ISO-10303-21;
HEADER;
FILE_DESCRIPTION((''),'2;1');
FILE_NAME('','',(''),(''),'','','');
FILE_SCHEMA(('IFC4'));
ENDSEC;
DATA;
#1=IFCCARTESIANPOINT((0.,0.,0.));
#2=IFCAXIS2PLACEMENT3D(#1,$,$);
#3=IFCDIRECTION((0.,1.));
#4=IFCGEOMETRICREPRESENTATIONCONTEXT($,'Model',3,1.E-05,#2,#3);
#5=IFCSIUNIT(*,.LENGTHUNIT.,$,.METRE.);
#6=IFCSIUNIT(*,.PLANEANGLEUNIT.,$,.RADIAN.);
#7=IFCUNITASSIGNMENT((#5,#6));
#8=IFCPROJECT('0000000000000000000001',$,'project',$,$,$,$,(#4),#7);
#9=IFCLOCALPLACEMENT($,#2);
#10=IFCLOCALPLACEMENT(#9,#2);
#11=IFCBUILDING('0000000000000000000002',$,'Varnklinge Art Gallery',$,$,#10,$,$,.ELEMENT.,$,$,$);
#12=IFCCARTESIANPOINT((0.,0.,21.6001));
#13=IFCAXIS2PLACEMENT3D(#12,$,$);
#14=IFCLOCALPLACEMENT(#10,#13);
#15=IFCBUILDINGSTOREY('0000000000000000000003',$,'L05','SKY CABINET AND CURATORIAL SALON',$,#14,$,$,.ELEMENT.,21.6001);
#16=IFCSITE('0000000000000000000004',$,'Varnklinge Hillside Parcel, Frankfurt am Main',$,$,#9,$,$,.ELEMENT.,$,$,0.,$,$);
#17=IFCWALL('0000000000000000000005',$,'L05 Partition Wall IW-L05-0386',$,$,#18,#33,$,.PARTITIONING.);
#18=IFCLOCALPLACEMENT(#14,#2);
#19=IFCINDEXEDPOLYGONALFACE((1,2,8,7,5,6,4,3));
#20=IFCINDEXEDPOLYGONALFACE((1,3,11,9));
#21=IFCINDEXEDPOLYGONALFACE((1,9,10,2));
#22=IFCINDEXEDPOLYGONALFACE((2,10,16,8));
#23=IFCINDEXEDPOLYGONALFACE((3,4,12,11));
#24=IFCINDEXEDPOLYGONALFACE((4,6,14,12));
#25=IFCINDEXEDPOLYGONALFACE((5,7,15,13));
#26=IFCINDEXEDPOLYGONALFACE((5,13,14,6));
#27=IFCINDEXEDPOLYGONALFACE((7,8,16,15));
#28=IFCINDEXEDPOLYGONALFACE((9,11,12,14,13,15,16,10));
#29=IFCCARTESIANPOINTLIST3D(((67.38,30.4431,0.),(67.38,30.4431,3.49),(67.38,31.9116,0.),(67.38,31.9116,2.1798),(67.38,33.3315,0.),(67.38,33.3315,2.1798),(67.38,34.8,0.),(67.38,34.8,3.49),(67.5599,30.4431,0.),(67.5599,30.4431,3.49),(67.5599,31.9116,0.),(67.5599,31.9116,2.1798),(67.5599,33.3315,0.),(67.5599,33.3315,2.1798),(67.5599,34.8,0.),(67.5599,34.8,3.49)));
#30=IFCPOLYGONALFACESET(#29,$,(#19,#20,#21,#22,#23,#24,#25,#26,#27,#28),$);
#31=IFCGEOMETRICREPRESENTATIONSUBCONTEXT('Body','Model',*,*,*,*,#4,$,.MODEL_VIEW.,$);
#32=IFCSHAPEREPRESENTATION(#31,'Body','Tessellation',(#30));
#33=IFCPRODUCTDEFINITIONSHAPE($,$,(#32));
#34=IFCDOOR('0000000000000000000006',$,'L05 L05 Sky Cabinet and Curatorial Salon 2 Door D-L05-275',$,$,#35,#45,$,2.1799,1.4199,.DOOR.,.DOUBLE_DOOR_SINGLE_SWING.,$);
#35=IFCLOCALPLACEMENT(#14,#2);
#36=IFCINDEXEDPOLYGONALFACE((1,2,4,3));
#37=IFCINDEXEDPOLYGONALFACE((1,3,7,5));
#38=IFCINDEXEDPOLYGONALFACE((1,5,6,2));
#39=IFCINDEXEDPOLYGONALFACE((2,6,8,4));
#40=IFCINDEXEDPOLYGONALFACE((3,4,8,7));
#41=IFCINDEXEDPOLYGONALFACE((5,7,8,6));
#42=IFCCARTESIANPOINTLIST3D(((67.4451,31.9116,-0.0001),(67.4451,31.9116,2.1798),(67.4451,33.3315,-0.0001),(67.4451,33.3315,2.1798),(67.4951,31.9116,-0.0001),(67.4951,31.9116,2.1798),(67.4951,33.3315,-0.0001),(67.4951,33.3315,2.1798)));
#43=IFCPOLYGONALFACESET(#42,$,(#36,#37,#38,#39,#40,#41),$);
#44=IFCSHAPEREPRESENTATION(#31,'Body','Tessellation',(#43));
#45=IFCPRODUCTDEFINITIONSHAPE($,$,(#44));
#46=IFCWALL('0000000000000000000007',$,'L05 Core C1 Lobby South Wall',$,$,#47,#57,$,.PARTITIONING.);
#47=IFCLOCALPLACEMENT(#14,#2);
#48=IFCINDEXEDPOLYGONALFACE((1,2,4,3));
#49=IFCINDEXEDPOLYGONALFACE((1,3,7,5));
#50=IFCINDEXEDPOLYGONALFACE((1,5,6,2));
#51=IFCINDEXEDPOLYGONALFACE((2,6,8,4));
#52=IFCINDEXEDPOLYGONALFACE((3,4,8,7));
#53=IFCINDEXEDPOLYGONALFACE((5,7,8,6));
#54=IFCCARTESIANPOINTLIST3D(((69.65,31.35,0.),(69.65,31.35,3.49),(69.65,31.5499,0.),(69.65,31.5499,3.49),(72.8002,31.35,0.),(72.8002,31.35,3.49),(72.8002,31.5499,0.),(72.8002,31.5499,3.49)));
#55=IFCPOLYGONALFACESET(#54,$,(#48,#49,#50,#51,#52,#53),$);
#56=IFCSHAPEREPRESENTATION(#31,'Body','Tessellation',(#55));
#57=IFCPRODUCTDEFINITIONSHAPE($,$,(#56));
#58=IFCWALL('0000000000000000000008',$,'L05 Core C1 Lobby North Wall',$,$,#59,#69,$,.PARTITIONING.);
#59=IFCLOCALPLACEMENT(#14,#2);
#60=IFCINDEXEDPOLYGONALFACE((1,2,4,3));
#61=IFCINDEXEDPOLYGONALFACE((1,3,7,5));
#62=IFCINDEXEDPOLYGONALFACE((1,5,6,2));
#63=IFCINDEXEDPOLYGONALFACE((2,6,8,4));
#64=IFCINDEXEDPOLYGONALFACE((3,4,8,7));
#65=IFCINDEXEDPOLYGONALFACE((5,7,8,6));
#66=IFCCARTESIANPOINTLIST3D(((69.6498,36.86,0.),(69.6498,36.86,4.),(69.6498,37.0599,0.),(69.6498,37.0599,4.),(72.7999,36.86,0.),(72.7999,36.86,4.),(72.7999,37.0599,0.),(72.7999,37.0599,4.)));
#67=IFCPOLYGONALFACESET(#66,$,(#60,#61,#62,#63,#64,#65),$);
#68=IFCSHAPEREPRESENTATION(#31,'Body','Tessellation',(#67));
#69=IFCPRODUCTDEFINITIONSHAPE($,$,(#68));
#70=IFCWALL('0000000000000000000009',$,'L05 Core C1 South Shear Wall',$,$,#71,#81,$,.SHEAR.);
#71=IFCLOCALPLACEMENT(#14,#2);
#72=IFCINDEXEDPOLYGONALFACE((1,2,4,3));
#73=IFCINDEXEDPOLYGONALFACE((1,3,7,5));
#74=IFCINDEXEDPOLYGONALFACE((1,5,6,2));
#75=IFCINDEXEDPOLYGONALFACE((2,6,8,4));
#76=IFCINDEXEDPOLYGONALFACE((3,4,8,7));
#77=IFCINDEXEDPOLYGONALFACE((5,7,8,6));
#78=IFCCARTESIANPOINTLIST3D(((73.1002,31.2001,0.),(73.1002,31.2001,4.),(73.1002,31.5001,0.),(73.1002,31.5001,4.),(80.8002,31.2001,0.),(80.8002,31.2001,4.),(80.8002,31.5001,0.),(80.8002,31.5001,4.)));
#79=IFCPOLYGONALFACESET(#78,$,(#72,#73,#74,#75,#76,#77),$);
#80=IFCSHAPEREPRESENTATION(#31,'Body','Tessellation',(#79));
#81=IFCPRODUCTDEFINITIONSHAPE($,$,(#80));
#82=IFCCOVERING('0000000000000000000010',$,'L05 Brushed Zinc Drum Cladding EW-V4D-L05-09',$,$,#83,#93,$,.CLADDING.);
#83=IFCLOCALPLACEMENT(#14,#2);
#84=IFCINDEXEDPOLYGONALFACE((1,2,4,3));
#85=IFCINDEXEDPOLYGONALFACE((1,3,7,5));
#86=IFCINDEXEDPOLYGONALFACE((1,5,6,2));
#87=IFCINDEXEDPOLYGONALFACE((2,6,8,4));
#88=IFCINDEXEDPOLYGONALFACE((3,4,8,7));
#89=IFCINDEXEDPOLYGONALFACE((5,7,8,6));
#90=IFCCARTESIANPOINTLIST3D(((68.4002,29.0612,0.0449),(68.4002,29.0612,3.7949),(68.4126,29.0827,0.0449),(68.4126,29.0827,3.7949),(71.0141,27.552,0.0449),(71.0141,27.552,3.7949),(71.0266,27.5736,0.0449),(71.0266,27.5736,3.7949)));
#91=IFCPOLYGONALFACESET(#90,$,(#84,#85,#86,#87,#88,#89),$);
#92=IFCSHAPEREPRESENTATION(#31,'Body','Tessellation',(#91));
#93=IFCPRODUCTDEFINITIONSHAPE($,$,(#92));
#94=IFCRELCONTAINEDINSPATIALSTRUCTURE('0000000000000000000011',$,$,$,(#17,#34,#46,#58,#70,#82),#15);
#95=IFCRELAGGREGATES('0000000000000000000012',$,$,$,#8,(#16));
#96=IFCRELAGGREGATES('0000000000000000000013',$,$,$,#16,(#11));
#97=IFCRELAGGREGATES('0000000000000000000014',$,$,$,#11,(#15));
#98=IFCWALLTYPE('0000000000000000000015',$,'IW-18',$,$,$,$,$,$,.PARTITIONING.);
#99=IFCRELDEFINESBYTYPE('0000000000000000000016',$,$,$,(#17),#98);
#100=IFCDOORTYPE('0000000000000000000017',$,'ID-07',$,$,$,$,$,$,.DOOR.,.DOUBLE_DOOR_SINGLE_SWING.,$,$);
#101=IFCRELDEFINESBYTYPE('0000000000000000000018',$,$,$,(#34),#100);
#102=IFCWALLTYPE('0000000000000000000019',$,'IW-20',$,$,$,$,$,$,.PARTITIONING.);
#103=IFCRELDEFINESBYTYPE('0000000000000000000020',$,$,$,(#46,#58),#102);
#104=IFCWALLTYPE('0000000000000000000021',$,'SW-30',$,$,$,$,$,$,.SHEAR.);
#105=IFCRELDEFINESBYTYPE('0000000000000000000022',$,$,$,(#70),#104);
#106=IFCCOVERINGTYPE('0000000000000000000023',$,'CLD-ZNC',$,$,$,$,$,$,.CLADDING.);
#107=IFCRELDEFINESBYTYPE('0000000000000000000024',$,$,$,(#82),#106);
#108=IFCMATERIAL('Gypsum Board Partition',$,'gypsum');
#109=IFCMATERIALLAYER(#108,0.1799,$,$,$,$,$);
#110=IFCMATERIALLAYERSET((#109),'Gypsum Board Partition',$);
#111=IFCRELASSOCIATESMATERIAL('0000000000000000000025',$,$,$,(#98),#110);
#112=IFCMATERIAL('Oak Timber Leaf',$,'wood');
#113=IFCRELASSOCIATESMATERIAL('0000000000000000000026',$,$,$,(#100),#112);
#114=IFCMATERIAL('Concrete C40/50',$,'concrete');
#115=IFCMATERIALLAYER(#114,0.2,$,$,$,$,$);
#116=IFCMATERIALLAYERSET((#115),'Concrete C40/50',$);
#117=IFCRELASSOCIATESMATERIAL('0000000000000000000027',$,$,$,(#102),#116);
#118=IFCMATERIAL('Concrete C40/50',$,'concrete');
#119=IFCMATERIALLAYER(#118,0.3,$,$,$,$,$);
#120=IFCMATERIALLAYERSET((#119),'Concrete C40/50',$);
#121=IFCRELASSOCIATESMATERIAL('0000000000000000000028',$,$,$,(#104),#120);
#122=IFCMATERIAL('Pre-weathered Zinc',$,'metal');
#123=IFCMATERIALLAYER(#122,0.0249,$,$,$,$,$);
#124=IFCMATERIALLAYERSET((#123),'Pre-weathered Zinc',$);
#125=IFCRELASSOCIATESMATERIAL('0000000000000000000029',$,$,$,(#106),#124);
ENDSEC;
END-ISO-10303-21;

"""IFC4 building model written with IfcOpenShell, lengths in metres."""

from ifc_helpers import new_model, si_unit, direction, frame, frame_2d, origin, origin_2d, place, context, subcontext, project, spatial, rectangle, extrude, material, layer, layer_set, type_object, element, fill, save


model = new_model("IFC4")

# Units and contexts
model_context = context("Model", 3, precision=1e-05, world=origin(), true_north=direction((0.0, 1.0)))
body_context = subcontext(model_context, "Body", "Model", "MODEL_VIEW")
ifc_project = project(units=[si_unit("LENGTHUNIT", "METRE"), si_unit("PLANEANGLEUNIT", "RADIAN")], contexts=[model_context])

# Site, building, storey
site_placement = place(None, origin())
site = spatial("IfcSite", under=ifc_project, at=site_placement, Name="Varnklinge Hillside Parcel, Frankfurt am Main", CompositionType="ELEMENT", RefElevation=0.0)
building_placement = place(site_placement, origin())
building = spatial("IfcBuilding", under=site, at=building_placement, Name="Varnklinge Art Gallery", CompositionType="ELEMENT")
storey_placement = place(building_placement, frame((0.0, 0.0, 21.6001)))
storey = spatial("IfcBuildingStorey", under=building, at=storey_placement, Name="L05", Description="SKY CABINET AND CURATORIAL SALON", CompositionType="ELEMENT", Elevation=21.6001)

# Shared definitions
ifc_material_1 = material(Name="Gypsum Board Partition", Category="gypsum")
ifc_layer_1 = layer(ifc_material_1, 0.1799)
ifc_layer_set_1 = layer_set([ifc_layer_1], Name="Gypsum Board Partition")
wall_type_1 = type_object("IfcWallType", Name="IW-18", PredefinedType="PARTITIONING", material=ifc_layer_set_1)

# Wall, opening, door
wall_1_placement = place(storey_placement, frame((67.47, 30.4431, 0.0), z_axis=(0.0, 0.0, 1.0), x_axis=(0.0, 1.0, 0.0)))
wall_1 = element("IfcWall", 1, at=wall_1_placement, inside=storey, type_object=wall_type_1, Name="L05 Partition Wall IW-L05-0386", PredefinedType="PARTITIONING", context=body_context, shape_type="SweptSolid", body=[
    extrude(rectangle(XDim=4.3569, YDim=0.1799, at=frame_2d((2.1785, 0.0))), origin(), (0.0, 0.0, 1.0), 3.49),
])
opening_1_placement = place(wall_1_placement, frame((1.4685, 0.0, 0.0)))
opening_1 = element("IfcOpeningElement", 2, at=opening_1_placement, cuts=wall_1, PredefinedType="OPENING", context=body_context, shape_type="SweptSolid", body=[
    extrude(rectangle(XDim=1.4199, YDim=2.1799, at=frame_2d((0.71, 1.0898))), frame((0.0, 0.0999, 0.0), z_axis=(0.0, -1.0, 0.0), x_axis=(1.0, 0.0, 0.0)), (0.0, 0.0, 1.0), 0.2),
])
ifc_material_2 = material(Name="Oak Timber Leaf", Category="wood")
door_type_1 = type_object("IfcDoorType", Name="ID-07", OperationType="DOUBLE_DOOR_SINGLE_SWING", PredefinedType="DOOR", material=ifc_material_2)
door_1_placement = place(opening_1_placement, origin())
door_1 = element("IfcDoor", 3, at=door_1_placement, inside=storey, type_object=door_type_1, Name="L05 L05 Sky Cabinet and Curatorial Salon 2 Door D-L05-275", OperationType="DOUBLE_DOOR_SINGLE_SWING", OverallHeight=2.1799, OverallWidth=1.4199, PredefinedType="DOOR", context=body_context, shape_type="SweptSolid", body=[
    extrude(rectangle(XDim=1.4199, YDim=2.1799, at=frame_2d((0.71, 1.0898))), frame((0.0, 0.0249, 0.0), z_axis=(0.0, -1.0, 0.0), x_axis=(1.0, 0.0, 0.0)), (0.0, 0.0, 1.0), 0.05),
])
fill(opening_1, door_1)

# Walls
ifc_material_3 = material(Name="Concrete C40/50", Category="concrete")
ifc_layer_2 = layer(ifc_material_3, 0.2)
ifc_layer_set_2 = layer_set([ifc_layer_2], Name="Concrete C40/50")
wall_type_2 = type_object("IfcWallType", Name="IW-20", PredefinedType="PARTITIONING", material=ifc_layer_set_2)
wall_2_placement = place(storey_placement, frame((69.6499, 31.45, 0.0), z_axis=(0.0, 0.0, 1.0), x_axis=(1.0, 0.0, 0.0)))
element("IfcWall", 4, at=wall_2_placement, inside=storey, type_object=wall_type_2, Name="L05 Core C1 Lobby South Wall", PredefinedType="PARTITIONING", context=body_context, shape_type="SweptSolid", body=[
    extrude(rectangle(XDim=3.1501, YDim=0.2, at=frame_2d((1.5752, 0.0))), origin(), (0.0, 0.0, 1.0), 3.49),
])
wall_3_placement = place(storey_placement, frame((72.8, 36.96, 0.0), z_axis=(0.0, 0.0, 1.0), x_axis=(-1.0, 0.0, 0.0)))
element("IfcWall", 5, at=wall_3_placement, inside=storey, type_object=wall_type_2, Name="L05 Core C1 Lobby North Wall", PredefinedType="PARTITIONING", context=body_context, shape_type="SweptSolid", body=[
    extrude(rectangle(XDim=3.1501, YDim=0.2, at=frame_2d((1.5752, 0.0))), origin(), (0.0, 0.0, 1.0), 4.0),
])

# Wall
ifc_material_4 = material(Name="Concrete C40/50", Category="concrete")
ifc_layer_3 = layer(ifc_material_4, 0.3)
ifc_layer_set_3 = layer_set([ifc_layer_3], Name="Concrete C40/50")
wall_type_3 = type_object("IfcWallType", Name="SW-30", PredefinedType="SHEAR", material=ifc_layer_set_3)
wall_4_placement = place(storey_placement, frame((73.1001, 31.3501, 0.0), z_axis=(0.0, 0.0, 1.0), x_axis=(1.0, 0.0, 0.0)))
element("IfcWall", 6, at=wall_4_placement, inside=storey, type_object=wall_type_3, Name="L05 Core C1 South Shear Wall", PredefinedType="SHEAR", context=body_context, shape_type="SweptSolid", body=[
    extrude(rectangle(XDim=7.7, YDim=0.3, at=frame_2d((3.8501, 0.0))), origin(), (0.0, 0.0, 1.0), 4.0),
])

# Covering
ifc_material_5 = material(Name="Pre-weathered Zinc", Category="metal")
ifc_layer_4 = layer(ifc_material_5, 0.0249)
ifc_layer_set_4 = layer_set([ifc_layer_4], Name="Pre-weathered Zinc")
covering_type = type_object("IfcCoveringType", Name="CLD-ZNC", PredefinedType="CLADDING", material=ifc_layer_set_4)
covering_placement = place(storey_placement, frame((69.7134, 28.3174, 0.0449), z_axis=(0.0, 0.0, 1.0), x_axis=(-0.866025, 0.5, 0.0)))
element("IfcCovering", 7, at=covering_placement, inside=storey, type_object=covering_type, Name="L05 Brushed Zinc Drum Cladding EW-V4D-L05-09", PredefinedType="CLADDING", context=body_context, shape_type="SweptSolid", body=[
    extrude(rectangle(XDim=3.0183, YDim=0.0249, at=origin_2d()), origin(), (0.0, 0.0, 1.0), 3.75),
])

save(model, "model.ifc")
